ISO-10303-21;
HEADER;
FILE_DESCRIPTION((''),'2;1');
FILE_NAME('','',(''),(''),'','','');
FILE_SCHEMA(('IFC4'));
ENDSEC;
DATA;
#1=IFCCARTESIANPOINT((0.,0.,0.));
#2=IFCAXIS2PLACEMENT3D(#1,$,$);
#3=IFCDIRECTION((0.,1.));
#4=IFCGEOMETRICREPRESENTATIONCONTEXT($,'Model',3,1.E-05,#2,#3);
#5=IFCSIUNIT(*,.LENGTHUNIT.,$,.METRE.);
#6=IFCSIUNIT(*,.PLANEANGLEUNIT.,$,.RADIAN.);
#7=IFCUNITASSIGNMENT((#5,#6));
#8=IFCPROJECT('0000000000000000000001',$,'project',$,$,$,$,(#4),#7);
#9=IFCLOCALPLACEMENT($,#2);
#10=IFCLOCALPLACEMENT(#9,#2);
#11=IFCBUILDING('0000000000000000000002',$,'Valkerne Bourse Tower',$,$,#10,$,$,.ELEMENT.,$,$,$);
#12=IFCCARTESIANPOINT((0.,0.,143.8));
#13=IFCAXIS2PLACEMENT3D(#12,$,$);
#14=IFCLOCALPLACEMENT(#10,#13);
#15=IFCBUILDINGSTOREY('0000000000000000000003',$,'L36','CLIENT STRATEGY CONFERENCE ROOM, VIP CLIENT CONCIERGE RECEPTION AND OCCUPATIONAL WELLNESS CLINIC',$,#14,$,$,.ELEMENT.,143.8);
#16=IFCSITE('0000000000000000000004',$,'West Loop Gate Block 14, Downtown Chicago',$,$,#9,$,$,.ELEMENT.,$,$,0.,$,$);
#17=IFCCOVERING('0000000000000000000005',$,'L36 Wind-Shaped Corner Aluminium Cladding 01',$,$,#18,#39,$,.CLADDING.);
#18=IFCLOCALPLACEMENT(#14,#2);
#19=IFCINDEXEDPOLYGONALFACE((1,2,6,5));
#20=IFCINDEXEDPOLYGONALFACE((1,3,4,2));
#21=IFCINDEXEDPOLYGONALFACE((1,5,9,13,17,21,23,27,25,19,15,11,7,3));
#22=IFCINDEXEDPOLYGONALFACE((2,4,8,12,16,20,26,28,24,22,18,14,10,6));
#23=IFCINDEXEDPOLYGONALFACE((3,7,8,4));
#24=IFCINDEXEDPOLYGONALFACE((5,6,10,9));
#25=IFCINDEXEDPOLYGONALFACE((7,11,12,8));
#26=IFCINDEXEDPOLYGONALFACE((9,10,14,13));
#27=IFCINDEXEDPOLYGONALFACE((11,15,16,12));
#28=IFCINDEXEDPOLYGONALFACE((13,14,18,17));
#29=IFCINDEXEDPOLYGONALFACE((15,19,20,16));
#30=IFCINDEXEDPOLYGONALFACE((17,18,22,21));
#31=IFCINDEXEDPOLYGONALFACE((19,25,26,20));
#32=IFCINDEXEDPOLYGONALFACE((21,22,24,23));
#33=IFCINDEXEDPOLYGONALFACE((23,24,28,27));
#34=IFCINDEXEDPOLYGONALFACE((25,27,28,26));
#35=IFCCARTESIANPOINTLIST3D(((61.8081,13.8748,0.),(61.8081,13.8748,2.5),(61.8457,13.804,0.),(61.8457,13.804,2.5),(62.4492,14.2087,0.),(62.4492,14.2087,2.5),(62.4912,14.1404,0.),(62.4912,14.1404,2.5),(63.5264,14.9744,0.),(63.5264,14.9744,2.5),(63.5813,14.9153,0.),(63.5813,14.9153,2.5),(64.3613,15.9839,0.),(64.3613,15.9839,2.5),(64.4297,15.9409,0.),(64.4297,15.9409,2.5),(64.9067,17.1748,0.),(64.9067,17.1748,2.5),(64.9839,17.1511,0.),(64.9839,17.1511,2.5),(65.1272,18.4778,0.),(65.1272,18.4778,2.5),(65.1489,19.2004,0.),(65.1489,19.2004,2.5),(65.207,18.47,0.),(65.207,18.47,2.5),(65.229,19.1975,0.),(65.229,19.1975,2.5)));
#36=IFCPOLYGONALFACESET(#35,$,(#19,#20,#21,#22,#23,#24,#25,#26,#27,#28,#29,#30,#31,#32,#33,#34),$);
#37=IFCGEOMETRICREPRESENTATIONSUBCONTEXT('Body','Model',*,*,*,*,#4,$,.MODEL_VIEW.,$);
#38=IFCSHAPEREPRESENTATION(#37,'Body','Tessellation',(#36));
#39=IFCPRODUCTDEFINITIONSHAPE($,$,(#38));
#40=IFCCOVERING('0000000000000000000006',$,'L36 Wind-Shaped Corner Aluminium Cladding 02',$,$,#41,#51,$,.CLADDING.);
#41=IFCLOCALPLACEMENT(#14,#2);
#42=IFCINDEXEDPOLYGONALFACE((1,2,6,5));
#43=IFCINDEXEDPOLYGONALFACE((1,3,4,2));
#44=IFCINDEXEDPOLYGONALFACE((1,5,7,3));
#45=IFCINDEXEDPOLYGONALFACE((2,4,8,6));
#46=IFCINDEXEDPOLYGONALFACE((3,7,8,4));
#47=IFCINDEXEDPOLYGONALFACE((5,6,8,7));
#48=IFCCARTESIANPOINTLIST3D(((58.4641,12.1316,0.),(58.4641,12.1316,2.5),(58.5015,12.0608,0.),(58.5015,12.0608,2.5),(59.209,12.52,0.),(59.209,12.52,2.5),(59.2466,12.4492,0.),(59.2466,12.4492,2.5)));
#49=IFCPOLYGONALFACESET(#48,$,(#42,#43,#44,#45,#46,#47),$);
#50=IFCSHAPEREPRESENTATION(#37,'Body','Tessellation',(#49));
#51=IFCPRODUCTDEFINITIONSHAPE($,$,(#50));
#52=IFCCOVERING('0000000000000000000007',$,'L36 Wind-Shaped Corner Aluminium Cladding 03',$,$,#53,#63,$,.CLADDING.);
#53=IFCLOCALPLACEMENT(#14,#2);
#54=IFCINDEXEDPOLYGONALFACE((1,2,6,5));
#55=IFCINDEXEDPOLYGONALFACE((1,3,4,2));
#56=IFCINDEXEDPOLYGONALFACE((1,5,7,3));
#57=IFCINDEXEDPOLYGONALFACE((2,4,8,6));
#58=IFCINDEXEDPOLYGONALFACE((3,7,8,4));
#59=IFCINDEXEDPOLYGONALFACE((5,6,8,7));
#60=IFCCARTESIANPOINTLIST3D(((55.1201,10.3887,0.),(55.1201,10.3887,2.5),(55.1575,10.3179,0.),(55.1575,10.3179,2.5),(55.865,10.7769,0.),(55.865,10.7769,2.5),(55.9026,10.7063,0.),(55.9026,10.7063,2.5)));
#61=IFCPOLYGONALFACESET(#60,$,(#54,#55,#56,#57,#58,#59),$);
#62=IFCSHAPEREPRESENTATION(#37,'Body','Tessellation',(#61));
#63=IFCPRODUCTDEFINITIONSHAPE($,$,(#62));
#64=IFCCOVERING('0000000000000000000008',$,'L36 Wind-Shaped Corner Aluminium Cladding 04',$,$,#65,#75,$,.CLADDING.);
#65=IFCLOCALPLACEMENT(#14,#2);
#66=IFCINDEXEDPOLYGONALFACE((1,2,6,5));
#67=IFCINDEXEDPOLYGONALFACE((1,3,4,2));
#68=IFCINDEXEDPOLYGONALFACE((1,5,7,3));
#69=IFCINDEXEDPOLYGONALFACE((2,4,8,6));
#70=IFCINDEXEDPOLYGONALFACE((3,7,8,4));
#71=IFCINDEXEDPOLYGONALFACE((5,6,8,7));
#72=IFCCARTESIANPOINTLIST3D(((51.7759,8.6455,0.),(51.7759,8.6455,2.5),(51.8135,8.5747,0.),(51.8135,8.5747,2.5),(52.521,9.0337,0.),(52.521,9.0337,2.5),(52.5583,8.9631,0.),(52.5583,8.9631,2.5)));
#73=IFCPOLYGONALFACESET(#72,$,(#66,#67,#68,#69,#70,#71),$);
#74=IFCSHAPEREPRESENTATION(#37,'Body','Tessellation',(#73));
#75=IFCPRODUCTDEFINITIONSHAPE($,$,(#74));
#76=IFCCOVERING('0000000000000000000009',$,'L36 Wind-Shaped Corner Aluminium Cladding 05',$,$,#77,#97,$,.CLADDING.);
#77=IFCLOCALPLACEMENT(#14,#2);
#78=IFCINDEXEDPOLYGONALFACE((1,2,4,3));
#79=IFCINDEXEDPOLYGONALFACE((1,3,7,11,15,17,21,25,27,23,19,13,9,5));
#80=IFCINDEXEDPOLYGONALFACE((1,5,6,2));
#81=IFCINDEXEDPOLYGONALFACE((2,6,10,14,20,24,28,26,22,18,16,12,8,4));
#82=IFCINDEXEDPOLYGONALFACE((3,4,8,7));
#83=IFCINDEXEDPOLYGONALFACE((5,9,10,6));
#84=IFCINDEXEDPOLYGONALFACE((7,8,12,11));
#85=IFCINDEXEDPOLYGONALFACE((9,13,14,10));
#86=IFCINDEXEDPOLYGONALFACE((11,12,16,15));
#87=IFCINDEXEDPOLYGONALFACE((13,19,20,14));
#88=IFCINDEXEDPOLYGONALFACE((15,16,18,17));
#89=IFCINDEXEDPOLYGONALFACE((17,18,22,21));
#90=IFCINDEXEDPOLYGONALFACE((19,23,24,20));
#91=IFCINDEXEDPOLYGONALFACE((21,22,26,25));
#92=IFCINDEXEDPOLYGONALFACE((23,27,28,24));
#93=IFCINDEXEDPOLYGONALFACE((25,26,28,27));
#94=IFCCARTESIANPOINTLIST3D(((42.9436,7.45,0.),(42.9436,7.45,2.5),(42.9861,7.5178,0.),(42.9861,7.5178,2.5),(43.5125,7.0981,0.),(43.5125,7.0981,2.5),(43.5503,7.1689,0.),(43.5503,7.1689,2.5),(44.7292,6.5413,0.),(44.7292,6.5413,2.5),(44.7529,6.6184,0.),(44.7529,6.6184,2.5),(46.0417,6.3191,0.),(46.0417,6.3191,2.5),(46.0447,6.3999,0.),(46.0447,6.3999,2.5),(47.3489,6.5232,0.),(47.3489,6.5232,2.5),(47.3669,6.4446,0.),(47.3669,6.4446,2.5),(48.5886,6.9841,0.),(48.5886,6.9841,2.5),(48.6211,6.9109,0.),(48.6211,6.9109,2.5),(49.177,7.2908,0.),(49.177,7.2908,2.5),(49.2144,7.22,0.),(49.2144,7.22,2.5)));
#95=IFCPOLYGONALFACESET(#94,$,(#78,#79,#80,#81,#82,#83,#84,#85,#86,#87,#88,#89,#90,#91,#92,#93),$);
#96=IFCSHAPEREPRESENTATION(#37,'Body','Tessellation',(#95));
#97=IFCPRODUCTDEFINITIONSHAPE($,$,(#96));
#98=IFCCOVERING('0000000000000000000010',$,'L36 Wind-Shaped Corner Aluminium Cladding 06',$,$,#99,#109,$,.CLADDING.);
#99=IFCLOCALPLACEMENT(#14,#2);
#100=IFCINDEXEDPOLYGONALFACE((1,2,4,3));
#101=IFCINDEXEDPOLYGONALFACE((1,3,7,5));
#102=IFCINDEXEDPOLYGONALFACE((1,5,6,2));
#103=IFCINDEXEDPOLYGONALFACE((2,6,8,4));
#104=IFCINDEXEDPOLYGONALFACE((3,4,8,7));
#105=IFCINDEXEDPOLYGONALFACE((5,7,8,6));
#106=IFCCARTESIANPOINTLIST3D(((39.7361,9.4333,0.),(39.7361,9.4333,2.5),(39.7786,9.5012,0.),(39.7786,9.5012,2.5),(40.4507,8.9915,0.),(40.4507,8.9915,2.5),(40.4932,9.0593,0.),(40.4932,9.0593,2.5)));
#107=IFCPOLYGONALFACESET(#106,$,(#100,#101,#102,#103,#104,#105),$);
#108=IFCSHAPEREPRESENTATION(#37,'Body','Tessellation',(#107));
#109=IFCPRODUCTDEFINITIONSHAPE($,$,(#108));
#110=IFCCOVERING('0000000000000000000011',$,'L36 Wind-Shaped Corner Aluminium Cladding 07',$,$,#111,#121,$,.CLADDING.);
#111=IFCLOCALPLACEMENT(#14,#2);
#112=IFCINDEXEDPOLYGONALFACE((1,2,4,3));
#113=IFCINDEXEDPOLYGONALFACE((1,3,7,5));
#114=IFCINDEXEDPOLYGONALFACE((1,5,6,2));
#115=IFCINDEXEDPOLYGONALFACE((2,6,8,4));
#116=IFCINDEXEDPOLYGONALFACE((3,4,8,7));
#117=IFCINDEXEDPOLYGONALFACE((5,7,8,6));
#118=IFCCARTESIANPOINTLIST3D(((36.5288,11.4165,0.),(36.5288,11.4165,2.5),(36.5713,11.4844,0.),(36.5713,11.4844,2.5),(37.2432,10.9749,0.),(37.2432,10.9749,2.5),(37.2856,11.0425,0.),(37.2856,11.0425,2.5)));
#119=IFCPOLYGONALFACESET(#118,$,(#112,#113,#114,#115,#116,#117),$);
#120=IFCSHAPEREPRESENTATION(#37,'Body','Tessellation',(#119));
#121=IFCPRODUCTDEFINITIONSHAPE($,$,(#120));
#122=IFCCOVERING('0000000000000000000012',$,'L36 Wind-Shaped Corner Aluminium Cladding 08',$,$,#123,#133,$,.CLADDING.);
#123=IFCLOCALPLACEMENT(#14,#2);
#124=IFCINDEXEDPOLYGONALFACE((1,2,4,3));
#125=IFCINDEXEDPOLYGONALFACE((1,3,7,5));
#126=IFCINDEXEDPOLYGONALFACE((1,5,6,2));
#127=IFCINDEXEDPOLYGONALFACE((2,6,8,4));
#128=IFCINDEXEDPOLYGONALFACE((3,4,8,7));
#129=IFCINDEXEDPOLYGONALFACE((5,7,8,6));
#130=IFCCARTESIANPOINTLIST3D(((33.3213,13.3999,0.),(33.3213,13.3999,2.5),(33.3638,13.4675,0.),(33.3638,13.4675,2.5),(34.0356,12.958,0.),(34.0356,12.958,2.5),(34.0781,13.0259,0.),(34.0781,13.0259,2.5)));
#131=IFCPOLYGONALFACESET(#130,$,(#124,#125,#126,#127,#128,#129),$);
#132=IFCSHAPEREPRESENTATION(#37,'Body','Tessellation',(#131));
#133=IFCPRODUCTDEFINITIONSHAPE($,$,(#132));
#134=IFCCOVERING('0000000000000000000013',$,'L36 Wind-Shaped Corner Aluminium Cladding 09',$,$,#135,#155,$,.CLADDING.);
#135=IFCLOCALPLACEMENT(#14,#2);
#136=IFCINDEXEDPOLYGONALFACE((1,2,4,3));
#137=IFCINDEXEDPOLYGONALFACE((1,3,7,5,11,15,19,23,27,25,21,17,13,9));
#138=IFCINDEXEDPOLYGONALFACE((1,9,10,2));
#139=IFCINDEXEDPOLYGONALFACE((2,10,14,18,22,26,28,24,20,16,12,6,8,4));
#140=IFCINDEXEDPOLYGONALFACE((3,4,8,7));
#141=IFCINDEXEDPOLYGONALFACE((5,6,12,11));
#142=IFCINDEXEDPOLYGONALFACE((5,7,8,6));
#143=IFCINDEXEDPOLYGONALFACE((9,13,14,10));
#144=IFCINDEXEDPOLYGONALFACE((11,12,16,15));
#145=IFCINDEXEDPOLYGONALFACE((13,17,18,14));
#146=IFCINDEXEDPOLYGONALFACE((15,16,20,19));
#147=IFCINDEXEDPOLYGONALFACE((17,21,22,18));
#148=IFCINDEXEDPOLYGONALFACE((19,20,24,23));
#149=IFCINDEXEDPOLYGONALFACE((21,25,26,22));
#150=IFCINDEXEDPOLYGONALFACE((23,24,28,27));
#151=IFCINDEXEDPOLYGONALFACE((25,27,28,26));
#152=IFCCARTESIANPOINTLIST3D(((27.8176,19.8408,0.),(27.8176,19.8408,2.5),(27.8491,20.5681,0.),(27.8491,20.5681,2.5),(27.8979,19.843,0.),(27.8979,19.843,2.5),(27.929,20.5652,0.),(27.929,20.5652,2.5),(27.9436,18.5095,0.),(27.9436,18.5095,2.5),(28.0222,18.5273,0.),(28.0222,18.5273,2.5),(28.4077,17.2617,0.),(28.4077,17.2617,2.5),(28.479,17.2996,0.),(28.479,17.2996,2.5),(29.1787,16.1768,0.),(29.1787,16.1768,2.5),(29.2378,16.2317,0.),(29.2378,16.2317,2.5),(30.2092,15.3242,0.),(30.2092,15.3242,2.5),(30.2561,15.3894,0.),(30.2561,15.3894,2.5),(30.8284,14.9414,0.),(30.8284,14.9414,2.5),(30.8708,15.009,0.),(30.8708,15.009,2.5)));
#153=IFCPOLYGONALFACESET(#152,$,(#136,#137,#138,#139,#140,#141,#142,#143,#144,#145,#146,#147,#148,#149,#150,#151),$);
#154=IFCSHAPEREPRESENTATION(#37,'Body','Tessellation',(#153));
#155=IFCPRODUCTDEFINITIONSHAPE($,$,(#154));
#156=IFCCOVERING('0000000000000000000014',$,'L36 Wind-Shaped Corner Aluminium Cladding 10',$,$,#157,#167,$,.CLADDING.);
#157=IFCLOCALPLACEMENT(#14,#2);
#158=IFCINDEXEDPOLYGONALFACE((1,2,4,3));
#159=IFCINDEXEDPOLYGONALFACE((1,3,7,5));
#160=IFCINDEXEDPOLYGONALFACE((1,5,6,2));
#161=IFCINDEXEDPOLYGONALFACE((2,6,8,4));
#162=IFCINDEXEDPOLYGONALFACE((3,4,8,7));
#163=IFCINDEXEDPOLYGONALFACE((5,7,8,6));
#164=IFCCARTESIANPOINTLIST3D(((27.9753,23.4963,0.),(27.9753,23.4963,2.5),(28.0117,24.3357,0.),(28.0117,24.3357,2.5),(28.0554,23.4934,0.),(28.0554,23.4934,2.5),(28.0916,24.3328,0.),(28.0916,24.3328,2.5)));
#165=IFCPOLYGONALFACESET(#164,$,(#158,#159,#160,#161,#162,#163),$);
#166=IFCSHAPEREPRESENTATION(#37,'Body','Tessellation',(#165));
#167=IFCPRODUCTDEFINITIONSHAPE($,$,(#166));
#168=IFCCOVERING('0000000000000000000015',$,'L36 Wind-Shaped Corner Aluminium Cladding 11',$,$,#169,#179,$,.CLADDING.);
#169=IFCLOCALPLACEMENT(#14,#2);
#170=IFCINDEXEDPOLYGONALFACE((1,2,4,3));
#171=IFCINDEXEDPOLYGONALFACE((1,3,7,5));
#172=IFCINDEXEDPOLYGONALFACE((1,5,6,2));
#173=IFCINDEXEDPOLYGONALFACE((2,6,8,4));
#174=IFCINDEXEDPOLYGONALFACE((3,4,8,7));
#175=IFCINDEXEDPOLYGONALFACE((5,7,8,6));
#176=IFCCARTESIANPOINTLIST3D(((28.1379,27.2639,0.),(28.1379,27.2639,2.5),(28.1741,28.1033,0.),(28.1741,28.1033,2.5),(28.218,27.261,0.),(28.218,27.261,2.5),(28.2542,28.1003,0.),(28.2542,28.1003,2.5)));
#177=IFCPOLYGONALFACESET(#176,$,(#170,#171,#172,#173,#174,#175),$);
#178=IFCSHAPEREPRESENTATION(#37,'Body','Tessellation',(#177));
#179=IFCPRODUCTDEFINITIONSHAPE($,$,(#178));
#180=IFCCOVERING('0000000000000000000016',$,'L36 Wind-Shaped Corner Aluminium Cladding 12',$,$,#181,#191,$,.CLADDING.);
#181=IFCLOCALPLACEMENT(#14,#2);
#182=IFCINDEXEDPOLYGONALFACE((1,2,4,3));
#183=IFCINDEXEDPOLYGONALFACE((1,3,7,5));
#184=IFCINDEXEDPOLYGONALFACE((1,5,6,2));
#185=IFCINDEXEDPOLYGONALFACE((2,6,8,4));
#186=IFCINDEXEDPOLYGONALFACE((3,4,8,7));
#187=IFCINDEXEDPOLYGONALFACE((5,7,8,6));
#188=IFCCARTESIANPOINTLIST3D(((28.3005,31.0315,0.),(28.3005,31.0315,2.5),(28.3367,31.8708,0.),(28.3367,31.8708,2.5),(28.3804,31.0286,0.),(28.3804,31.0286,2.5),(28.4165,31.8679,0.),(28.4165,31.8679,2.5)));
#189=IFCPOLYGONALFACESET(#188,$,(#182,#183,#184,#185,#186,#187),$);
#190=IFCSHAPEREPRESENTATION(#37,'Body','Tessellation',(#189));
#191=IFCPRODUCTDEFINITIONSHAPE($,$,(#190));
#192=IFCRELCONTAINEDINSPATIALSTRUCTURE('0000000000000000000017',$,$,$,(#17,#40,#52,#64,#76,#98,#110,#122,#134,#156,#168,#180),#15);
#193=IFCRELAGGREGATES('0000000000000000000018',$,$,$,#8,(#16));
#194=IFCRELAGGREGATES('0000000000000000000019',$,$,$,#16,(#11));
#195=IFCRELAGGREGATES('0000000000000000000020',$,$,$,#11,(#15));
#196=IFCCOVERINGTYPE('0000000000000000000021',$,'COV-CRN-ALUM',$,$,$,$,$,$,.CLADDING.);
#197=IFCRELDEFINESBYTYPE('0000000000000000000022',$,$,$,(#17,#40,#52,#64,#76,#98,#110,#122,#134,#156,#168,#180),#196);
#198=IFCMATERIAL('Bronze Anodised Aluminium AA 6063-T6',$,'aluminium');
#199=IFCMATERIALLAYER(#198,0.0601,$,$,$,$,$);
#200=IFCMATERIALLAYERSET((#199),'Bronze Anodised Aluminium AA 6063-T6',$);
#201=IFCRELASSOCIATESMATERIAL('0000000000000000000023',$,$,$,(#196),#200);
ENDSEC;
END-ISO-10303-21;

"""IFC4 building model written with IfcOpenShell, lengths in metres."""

from ifc_helpers import new_model, si_unit, direction, frame, origin, place, context, subcontext, project, spatial, polyline, outline, extrude, material, layer, layer_set, type_object, element, save


model = new_model("IFC4")

# Units and contexts
model_context = context("Model", 3, precision=1e-05, world=origin(), true_north=direction((0.0, 1.0)))
body_context = subcontext(model_context, "Body", "Model", "MODEL_VIEW")
ifc_project = project(units=[si_unit("LENGTHUNIT", "METRE"), si_unit("PLANEANGLEUNIT", "RADIAN")], contexts=[model_context])

# Site, building, storey
site_placement = place(None, origin())
site = spatial("IfcSite", under=ifc_project, at=site_placement, Name="West Loop Gate Block 14, Downtown Chicago", CompositionType="ELEMENT", RefElevation=0.0)
building_placement = place(site_placement, origin())
building = spatial("IfcBuilding", under=site, at=building_placement, Name="Valkerne Bourse Tower", CompositionType="ELEMENT")
storey_placement = place(building_placement, frame((0.0, 0.0, 143.8)))
storey = spatial("IfcBuildingStorey", under=building, at=storey_placement, Name="L36", Description="CLIENT STRATEGY CONFERENCE ROOM, VIP CLIENT CONCIERGE RECEPTION AND OCCUPATIONAL WELLNESS CLINIC", CompositionType="ELEMENT", Elevation=143.8)

# Coverings
ifc_material_1 = material(Name="Bronze Anodised Aluminium AA 6063-T6", Category="aluminium")
ifc_layer_1 = layer(ifc_material_1, 0.0601)
ifc_layer_set_1 = layer_set([ifc_layer_1], Name="Bronze Anodised Aluminium AA 6063-T6")
covering_type = type_object("IfcCoveringType", Name="COV-CRN-ALUM", PredefinedType="CLADDING", material=ifc_layer_set_1)
covering_1_placement = place(storey_placement, origin())
element("IfcCovering", 1, at=covering_1_placement, inside=storey, type_object=covering_type, Name="L36 Wind-Shaped Corner Aluminium Cladding 01", PredefinedType="CLADDING", context=body_context, shape_type="SweptSolid", body=[
    extrude(outline(polyline([(64.9839, 17.1511), (64.4297, 15.9409), (63.5813, 14.9153), (62.4912, 14.1404), (61.8457, 13.804), (61.8081, 13.8748), (62.4492, 14.2087), (63.5264, 14.9744), (64.3613, 15.9839), (64.9067, 17.1748), (65.1272, 18.4778), (65.1489, 19.2004), (65.229, 19.1975), (65.207, 18.47), (64.9839, 17.1511)])), origin(), (0.0, 0.0, 1.0), 2.5),
])
covering_2_placement = place(storey_placement, origin())
element("IfcCovering", 2, at=covering_2_placement, inside=storey, type_object=covering_type, Name="L36 Wind-Shaped Corner Aluminium Cladding 02", PredefinedType="CLADDING", context=body_context, shape_type="SweptSolid", body=[
    extrude(outline(polyline([(58.5015, 12.0608), (58.4641, 12.1316), (59.209, 12.52), (59.2466, 12.4492), (58.5015, 12.0608)])), origin(), (0.0, 0.0, 1.0), 2.5),
])
covering_3_placement = place(storey_placement, origin())
element("IfcCovering", 3, at=covering_3_placement, inside=storey, type_object=covering_type, Name="L36 Wind-Shaped Corner Aluminium Cladding 03", PredefinedType="CLADDING", context=body_context, shape_type="SweptSolid", body=[
    extrude(outline(polyline([(55.1575, 10.3179), (55.1201, 10.3887), (55.865, 10.7769), (55.9026, 10.7063), (55.1575, 10.3179)])), origin(), (0.0, 0.0, 1.0), 2.5),
])
covering_4_placement = place(storey_placement, origin())
element("IfcCovering", 4, at=covering_4_placement, inside=storey, type_object=covering_type, Name="L36 Wind-Shaped Corner Aluminium Cladding 04", PredefinedType="CLADDING", context=body_context, shape_type="SweptSolid", body=[
    extrude(outline(polyline([(51.8135, 8.5747), (51.7759, 8.6455), (52.521, 9.0337), (52.5583, 8.9631), (51.8135, 8.5747)])), origin(), (0.0, 0.0, 1.0), 2.5),
])
covering_5_placement = place(storey_placement, origin())
element("IfcCovering", 5, at=covering_5_placement, inside=storey, type_object=covering_type, Name="L36 Wind-Shaped Corner Aluminium Cladding 05", PredefinedType="CLADDING", context=body_context, shape_type="SweptSolid", body=[
    extrude(outline(polyline([(48.6211, 6.9109), (47.3669, 6.4446), (46.0417, 6.3191), (44.7292, 6.5413), (43.5125, 7.0981), (42.9436, 7.45), (42.9861, 7.5178), (43.5503, 7.1689), (44.7529, 6.6184), (46.0447, 6.3999), (47.3489, 6.5232), (48.5886, 6.9841), (49.177, 7.2908), (49.2144, 7.22), (48.6211, 6.9109)])), origin(), (0.0, 0.0, 1.0), 2.5),
])
covering_6_placement = place(storey_placement, origin())
element("IfcCovering", 6, at=covering_6_placement, inside=storey, type_object=covering_type, Name="L36 Wind-Shaped Corner Aluminium Cladding 06", PredefinedType="CLADDING", context=body_context, shape_type="SweptSolid", body=[
    extrude(outline(polyline([(39.7361, 9.4333), (39.7786, 9.5012), (40.4932, 9.0593), (40.4507, 8.9915), (39.7361, 9.4333)])), origin(), (0.0, 0.0, 1.0), 2.5),
])
covering_7_placement = place(storey_placement, origin())
element("IfcCovering", 7, at=covering_7_placement, inside=storey, type_object=covering_type, Name="L36 Wind-Shaped Corner Aluminium Cladding 07", PredefinedType="CLADDING", context=body_context, shape_type="SweptSolid", body=[
    extrude(outline(polyline([(36.5288, 11.4165), (36.5713, 11.4844), (37.2856, 11.0425), (37.2432, 10.9749), (36.5288, 11.4165)])), origin(), (0.0, 0.0, 1.0), 2.5),
])
covering_8_placement = place(storey_placement, origin())
element("IfcCovering", 8, at=covering_8_placement, inside=storey, type_object=covering_type, Name="L36 Wind-Shaped Corner Aluminium Cladding 08", PredefinedType="CLADDING", context=body_context, shape_type="SweptSolid", body=[
    extrude(outline(polyline([(33.3213, 13.3999), (33.3638, 13.4675), (34.0781, 13.0259), (34.0356, 12.958), (33.3213, 13.3999)])), origin(), (0.0, 0.0, 1.0), 2.5),
])
covering_9_placement = place(storey_placement, origin())
element("IfcCovering", 9, at=covering_9_placement, inside=storey, type_object=covering_type, Name="L36 Wind-Shaped Corner Aluminium Cladding 09", PredefinedType="CLADDING", context=body_context, shape_type="SweptSolid", body=[
    extrude(outline(polyline([(30.2092, 15.3242), (29.1787, 16.1768), (28.4077, 17.2617), (27.9436, 18.5095), (27.8176, 19.8408), (27.8491, 20.5681), (27.929, 20.5652), (27.8979, 19.843), (28.0222, 18.5273), (28.479, 17.2996), (29.2378, 16.2317), (30.2561, 15.3894), (30.8708, 15.009), (30.8284, 14.9414), (30.2092, 15.3242)])), origin(), (0.0, 0.0, 1.0), 2.5),
])
covering_10_placement = place(storey_placement, origin())
element("IfcCovering", 10, at=covering_10_placement, inside=storey, type_object=covering_type, Name="L36 Wind-Shaped Corner Aluminium Cladding 10", PredefinedType="CLADDING", context=body_context, shape_type="SweptSolid", body=[
    extrude(outline(polyline([(28.0117, 24.3357), (28.0916, 24.3328), (28.0554, 23.4934), (27.9753, 23.4963), (28.0117, 24.3357)])), origin(), (0.0, 0.0, 1.0), 2.5),
])
covering_11_placement = place(storey_placement, origin())
element("IfcCovering", 11, at=covering_11_placement, inside=storey, type_object=covering_type, Name="L36 Wind-Shaped Corner Aluminium Cladding 11", PredefinedType="CLADDING", context=body_context, shape_type="SweptSolid", body=[
    extrude(outline(polyline([(28.1741, 28.1033), (28.2542, 28.1003), (28.218, 27.261), (28.1379, 27.2639), (28.1741, 28.1033)])), origin(), (0.0, 0.0, 1.0), 2.5),
])
covering_12_placement = place(storey_placement, origin())
element("IfcCovering", 12, at=covering_12_placement, inside=storey, type_object=covering_type, Name="L36 Wind-Shaped Corner Aluminium Cladding 12", PredefinedType="CLADDING", context=body_context, shape_type="SweptSolid", body=[
    extrude(outline(polyline([(28.3367, 31.8708), (28.4165, 31.8679), (28.3804, 31.0286), (28.3005, 31.0315), (28.3367, 31.8708)])), origin(), (0.0, 0.0, 1.0), 2.5),
])

save(model, "model.ifc")
